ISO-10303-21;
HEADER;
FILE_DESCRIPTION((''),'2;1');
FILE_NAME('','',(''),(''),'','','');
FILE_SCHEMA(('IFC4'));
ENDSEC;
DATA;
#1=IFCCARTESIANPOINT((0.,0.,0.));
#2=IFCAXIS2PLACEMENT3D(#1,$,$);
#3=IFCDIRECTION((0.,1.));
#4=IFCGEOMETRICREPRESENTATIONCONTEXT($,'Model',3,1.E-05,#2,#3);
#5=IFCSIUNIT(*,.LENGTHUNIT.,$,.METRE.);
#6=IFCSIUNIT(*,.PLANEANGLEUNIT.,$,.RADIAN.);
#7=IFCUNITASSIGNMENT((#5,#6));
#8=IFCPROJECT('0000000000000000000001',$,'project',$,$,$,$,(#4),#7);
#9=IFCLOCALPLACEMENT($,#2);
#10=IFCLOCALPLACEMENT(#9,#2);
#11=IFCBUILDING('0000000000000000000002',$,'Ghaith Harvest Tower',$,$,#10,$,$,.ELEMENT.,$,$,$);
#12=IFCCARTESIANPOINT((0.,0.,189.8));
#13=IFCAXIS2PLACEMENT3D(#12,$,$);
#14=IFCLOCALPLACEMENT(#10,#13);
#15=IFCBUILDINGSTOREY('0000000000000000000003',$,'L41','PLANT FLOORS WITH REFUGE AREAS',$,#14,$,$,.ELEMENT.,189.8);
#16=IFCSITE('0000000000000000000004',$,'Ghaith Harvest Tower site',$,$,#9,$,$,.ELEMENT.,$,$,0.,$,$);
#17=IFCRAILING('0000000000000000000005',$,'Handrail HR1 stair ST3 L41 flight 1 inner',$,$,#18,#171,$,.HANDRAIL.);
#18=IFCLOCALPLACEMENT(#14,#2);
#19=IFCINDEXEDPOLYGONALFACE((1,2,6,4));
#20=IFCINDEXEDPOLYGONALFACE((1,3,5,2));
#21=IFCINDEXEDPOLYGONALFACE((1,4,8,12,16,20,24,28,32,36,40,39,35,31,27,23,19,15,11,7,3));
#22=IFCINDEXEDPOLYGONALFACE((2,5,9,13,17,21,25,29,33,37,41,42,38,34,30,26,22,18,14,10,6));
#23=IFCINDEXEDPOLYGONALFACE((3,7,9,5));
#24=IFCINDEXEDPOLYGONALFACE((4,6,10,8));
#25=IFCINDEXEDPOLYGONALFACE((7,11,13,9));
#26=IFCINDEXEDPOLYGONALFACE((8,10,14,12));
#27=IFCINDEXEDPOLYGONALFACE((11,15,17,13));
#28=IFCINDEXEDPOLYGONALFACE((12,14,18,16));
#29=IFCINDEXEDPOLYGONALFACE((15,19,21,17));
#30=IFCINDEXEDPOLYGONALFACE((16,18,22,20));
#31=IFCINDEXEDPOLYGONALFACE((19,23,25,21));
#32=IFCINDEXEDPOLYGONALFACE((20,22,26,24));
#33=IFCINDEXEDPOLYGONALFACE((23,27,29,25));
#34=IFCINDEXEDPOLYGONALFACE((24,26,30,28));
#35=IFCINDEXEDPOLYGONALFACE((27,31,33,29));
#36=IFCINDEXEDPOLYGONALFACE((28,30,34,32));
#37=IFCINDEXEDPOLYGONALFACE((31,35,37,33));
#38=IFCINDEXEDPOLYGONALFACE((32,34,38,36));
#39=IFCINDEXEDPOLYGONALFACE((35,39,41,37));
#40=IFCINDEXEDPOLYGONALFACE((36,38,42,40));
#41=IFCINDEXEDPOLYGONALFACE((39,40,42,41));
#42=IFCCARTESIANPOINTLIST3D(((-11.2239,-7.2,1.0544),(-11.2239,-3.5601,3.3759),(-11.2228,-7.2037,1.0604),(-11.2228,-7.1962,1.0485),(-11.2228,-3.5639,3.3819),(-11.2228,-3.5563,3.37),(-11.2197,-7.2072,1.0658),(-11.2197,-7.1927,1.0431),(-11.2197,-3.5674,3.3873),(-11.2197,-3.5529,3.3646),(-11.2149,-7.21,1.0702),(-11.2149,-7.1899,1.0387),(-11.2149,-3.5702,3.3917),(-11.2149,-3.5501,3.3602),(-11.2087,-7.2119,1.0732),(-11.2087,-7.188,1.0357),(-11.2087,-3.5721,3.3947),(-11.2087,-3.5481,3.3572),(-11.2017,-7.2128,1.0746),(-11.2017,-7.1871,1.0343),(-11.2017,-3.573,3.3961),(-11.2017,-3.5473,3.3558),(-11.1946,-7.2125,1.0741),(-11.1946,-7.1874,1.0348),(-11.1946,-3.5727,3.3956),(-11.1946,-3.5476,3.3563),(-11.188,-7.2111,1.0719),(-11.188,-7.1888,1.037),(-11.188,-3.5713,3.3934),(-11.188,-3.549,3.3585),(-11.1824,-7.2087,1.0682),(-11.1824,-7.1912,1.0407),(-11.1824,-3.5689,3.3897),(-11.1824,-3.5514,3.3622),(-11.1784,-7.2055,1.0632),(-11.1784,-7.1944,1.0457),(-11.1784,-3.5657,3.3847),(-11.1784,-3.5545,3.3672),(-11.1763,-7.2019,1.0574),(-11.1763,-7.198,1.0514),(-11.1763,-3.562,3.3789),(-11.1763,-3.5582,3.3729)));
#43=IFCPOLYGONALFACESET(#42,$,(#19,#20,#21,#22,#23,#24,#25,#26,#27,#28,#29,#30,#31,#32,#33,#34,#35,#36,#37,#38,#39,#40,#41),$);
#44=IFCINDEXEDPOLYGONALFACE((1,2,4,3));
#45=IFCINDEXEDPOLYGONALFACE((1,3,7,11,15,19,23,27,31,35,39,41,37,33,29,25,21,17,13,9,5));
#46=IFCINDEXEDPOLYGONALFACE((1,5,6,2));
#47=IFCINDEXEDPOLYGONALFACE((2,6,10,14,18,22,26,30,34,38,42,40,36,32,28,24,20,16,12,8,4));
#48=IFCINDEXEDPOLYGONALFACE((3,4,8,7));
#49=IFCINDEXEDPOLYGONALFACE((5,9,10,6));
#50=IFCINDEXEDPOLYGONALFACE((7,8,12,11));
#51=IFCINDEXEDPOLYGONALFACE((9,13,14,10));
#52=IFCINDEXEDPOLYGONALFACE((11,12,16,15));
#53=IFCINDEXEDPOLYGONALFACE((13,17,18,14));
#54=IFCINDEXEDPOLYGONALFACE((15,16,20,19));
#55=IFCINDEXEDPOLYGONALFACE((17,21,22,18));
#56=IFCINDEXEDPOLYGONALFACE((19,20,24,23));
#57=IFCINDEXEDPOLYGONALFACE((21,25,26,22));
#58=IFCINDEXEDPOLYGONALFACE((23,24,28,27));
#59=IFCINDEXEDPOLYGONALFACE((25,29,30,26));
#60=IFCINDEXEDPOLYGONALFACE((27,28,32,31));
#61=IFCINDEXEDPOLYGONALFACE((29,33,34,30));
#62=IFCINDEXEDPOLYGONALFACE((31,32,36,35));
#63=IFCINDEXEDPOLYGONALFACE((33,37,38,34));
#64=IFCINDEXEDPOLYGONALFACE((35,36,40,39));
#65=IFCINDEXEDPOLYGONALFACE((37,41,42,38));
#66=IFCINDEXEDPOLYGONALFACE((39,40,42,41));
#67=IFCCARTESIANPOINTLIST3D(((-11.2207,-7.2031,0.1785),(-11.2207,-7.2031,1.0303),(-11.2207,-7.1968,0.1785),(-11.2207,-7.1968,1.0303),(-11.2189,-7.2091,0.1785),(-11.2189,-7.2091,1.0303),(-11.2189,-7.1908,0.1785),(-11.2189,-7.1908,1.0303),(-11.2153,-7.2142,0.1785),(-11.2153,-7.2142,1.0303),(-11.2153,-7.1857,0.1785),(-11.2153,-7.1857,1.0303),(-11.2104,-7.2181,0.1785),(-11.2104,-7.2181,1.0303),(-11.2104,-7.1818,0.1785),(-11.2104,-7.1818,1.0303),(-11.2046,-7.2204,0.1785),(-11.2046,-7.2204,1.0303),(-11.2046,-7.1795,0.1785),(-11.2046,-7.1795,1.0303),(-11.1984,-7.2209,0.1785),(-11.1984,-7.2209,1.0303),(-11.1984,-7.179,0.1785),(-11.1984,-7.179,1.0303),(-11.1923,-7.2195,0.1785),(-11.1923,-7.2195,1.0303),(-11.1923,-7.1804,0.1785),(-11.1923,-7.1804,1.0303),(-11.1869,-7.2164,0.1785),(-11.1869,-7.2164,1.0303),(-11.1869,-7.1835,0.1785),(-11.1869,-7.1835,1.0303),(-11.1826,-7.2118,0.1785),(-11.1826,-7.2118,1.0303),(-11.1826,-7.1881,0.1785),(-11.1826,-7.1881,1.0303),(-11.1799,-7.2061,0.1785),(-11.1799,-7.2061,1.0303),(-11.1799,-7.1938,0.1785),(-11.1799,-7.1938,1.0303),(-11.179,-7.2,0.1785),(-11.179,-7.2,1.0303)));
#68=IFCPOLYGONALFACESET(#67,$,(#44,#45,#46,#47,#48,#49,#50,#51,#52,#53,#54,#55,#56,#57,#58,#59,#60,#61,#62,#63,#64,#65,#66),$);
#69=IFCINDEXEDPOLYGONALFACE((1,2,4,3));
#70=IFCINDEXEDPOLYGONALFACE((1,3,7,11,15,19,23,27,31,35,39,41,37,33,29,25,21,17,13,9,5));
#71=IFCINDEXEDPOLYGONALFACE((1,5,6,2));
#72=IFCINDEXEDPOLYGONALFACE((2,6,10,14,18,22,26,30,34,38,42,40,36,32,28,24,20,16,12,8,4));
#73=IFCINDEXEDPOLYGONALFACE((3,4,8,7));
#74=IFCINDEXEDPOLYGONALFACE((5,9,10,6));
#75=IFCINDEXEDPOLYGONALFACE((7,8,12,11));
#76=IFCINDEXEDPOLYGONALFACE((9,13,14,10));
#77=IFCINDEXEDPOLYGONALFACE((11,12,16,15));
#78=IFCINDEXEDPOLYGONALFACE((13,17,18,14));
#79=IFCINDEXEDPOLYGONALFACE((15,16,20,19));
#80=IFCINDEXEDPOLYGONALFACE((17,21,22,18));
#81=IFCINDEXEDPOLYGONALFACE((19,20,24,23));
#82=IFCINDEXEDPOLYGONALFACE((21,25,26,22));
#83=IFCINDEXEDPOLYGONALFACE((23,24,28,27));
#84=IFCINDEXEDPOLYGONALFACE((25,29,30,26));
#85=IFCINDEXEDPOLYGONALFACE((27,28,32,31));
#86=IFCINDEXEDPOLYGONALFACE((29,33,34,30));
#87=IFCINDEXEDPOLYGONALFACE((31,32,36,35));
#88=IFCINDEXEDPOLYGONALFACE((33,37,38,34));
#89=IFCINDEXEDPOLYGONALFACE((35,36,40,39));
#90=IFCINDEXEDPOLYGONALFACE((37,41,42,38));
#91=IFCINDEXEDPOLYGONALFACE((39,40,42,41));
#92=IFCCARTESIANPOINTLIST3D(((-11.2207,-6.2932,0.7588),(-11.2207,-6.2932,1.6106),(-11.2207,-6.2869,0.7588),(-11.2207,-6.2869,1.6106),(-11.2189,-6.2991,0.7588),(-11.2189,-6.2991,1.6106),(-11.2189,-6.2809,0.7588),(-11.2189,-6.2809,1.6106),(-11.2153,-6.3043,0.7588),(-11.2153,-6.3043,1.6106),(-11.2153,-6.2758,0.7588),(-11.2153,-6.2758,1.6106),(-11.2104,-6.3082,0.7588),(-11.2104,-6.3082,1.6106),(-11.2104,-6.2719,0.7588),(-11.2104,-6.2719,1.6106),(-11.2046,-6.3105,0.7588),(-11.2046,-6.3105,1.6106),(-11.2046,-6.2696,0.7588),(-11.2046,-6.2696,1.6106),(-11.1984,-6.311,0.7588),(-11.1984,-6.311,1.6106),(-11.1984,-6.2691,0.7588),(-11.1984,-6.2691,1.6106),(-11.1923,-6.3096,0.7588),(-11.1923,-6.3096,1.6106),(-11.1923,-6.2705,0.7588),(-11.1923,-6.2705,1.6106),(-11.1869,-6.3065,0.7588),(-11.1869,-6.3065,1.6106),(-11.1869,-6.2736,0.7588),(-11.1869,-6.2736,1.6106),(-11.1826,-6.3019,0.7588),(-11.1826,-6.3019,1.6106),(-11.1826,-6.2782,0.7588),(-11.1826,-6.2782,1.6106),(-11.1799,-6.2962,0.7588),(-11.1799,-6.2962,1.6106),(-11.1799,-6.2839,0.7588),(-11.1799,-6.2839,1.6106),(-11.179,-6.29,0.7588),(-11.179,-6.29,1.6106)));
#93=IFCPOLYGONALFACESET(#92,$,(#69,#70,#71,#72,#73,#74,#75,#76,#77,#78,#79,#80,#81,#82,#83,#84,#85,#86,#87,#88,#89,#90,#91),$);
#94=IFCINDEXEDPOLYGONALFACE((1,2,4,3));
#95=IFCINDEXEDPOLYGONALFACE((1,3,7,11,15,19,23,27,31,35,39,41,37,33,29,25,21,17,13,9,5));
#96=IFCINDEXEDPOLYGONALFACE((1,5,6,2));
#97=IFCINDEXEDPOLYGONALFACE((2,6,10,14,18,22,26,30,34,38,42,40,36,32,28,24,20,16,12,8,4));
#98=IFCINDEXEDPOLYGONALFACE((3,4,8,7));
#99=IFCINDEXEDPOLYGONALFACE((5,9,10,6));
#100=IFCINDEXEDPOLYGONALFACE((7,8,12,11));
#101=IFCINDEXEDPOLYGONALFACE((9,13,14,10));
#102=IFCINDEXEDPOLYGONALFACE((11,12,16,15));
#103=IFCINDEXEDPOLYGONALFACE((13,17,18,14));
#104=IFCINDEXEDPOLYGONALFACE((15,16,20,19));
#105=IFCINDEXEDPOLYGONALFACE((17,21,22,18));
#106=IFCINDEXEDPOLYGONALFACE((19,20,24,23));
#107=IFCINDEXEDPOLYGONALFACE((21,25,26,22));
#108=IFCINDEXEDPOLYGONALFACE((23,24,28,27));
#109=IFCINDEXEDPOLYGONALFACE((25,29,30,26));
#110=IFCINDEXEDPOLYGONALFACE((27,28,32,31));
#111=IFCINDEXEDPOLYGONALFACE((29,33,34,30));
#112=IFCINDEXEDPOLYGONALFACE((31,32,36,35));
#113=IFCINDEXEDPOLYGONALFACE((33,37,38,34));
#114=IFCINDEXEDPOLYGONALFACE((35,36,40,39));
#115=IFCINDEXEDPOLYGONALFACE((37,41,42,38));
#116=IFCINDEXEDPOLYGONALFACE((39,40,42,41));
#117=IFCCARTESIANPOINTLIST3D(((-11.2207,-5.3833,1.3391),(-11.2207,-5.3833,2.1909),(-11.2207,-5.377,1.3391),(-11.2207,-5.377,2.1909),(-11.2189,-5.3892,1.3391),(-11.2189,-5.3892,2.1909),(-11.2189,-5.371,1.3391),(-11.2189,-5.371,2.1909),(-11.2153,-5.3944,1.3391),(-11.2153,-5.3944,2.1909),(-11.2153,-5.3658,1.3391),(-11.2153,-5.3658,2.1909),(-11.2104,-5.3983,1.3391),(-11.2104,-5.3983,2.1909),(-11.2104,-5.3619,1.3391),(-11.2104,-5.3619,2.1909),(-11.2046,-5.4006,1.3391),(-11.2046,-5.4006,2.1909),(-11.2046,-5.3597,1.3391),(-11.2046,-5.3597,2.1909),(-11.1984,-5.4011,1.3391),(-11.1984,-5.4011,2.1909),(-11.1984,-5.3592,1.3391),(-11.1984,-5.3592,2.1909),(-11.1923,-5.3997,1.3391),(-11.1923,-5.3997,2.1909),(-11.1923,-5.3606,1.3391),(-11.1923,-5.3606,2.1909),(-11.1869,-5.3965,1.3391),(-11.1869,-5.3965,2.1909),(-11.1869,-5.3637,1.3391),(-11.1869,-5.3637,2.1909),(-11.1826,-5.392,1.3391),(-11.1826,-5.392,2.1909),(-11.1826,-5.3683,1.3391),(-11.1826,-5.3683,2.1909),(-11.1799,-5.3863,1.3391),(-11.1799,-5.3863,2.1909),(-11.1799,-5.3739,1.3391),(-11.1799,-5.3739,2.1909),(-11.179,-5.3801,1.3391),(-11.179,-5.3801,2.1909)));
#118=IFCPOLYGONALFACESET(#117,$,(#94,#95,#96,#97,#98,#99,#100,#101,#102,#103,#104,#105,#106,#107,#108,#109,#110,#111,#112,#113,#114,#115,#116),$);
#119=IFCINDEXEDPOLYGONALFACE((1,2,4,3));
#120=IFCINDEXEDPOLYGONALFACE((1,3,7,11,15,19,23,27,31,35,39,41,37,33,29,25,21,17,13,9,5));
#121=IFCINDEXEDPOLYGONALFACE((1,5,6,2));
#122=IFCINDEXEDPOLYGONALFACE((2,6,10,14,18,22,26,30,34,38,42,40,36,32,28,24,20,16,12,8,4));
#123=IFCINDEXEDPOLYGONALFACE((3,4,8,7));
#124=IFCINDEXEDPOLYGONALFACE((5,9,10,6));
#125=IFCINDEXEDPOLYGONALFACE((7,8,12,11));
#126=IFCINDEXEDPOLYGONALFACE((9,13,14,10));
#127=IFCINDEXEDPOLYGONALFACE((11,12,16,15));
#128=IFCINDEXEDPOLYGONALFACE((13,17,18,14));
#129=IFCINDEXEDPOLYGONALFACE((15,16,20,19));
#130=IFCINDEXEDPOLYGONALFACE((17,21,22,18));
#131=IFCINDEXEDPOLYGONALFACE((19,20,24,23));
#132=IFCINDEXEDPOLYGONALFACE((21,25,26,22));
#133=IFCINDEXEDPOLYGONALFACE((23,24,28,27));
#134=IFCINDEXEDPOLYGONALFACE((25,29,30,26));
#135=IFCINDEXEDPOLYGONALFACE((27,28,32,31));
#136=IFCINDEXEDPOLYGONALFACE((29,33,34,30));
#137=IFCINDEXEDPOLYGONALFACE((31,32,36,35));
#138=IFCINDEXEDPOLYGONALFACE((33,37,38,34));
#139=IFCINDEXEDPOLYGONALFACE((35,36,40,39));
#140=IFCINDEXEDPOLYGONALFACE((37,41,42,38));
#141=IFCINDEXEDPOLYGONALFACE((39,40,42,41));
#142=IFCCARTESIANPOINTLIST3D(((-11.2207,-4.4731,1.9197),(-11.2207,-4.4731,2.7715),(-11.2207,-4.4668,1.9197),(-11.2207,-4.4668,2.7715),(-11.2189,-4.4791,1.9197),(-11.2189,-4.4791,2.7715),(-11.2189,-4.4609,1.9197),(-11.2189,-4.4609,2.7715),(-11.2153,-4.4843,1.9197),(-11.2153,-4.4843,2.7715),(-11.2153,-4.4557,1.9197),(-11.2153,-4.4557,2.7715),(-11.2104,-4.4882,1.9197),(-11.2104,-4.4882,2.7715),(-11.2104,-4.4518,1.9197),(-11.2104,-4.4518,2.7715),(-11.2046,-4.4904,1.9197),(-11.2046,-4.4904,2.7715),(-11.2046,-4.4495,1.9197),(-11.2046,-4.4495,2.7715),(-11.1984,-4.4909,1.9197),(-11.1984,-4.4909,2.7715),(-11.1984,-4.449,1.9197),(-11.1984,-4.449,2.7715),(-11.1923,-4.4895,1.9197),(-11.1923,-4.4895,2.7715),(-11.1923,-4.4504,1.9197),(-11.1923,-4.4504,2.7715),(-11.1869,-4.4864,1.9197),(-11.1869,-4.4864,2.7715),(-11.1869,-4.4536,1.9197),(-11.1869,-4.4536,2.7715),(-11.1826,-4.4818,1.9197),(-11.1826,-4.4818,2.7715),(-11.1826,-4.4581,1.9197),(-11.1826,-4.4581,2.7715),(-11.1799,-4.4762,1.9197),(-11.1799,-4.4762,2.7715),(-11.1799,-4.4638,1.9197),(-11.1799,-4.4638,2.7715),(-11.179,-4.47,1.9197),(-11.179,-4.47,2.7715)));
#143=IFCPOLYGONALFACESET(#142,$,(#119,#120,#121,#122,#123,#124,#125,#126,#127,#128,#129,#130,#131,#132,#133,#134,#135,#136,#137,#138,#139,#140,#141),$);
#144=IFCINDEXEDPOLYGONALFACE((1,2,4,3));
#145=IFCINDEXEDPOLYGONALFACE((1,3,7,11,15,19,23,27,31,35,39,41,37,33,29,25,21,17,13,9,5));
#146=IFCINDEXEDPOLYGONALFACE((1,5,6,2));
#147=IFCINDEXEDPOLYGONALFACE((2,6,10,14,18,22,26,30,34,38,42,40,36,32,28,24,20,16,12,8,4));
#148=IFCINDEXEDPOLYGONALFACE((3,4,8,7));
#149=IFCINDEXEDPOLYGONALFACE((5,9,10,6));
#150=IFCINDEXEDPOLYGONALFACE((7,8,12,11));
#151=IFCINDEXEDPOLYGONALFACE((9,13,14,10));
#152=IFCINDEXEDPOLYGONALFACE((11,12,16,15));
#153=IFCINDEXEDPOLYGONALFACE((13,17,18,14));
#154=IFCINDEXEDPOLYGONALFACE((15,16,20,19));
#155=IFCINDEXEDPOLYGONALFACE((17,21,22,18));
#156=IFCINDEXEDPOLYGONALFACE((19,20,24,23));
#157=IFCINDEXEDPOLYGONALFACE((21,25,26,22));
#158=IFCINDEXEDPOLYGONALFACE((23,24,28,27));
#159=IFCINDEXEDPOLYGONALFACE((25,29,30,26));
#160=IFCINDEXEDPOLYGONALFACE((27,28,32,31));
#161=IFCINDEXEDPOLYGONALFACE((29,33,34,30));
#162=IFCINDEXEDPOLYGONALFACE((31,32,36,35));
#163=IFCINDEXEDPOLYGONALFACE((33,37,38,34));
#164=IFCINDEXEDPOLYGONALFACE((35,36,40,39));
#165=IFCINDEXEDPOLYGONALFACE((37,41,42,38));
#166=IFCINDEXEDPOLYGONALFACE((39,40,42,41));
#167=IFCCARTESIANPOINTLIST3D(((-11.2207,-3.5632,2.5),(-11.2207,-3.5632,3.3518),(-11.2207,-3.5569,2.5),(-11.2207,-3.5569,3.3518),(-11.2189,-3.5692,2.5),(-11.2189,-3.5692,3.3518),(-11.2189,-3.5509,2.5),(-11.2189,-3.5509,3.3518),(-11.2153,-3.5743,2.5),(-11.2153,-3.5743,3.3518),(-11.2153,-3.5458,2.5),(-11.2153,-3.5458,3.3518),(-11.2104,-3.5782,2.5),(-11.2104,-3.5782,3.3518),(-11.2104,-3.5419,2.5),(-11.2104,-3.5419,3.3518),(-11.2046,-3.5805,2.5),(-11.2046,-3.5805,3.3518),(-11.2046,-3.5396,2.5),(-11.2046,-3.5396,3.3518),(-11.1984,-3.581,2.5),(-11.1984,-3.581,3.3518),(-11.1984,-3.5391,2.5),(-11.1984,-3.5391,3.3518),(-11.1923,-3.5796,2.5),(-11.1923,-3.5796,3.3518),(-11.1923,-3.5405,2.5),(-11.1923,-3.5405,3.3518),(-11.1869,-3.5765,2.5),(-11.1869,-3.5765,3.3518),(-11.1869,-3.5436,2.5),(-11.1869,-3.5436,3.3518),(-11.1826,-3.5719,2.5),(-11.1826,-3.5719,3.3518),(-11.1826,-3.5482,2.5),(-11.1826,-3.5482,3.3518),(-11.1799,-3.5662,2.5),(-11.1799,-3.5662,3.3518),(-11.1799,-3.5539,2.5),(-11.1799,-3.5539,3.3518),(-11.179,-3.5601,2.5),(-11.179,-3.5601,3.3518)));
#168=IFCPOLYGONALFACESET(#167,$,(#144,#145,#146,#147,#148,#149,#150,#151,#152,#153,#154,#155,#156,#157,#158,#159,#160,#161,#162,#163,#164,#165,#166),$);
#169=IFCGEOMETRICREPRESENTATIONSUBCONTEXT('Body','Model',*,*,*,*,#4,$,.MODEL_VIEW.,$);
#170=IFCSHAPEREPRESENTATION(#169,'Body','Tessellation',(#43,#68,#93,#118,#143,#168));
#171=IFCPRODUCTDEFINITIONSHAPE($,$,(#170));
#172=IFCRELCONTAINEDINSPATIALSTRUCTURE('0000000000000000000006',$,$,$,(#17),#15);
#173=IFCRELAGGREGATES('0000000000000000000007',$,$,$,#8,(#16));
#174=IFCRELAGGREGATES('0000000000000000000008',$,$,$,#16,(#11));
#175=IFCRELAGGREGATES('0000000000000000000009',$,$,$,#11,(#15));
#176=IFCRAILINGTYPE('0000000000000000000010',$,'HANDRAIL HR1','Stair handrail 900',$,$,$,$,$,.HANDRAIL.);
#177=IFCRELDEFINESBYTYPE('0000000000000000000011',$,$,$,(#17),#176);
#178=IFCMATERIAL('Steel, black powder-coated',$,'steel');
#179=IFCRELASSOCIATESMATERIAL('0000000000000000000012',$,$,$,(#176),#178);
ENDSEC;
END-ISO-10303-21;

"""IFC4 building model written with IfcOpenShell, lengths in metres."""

from ifc_helpers import new_model, si_unit, direction, frame, origin, origin_2d, place, context, subcontext, project, spatial, circle, extrude, material, type_object, element, save


model = new_model("IFC4")

# Units and contexts
model_context = context("Model", 3, precision=1e-05, world=origin(), true_north=direction((0.0, 1.0)))
body_context = subcontext(model_context, "Body", "Model", "MODEL_VIEW")
ifc_project = project(units=[si_unit("LENGTHUNIT", "METRE"), si_unit("PLANEANGLEUNIT", "RADIAN")], contexts=[model_context])

# Site, building, storey
site_placement = place(None, origin())
site = spatial("IfcSite", under=ifc_project, at=site_placement, Name="Ghaith Harvest Tower site", CompositionType="ELEMENT", RefElevation=0.0)
building_placement = place(site_placement, origin())
building = spatial("IfcBuilding", under=site, at=building_placement, Name="Ghaith Harvest Tower", CompositionType="ELEMENT")
storey_placement = place(building_placement, frame((0.0, 0.0, 189.8)))
storey = spatial("IfcBuildingStorey", under=building, at=storey_placement, Name="L41", Description="PLANT FLOORS WITH REFUGE AREAS", CompositionType="ELEMENT", Elevation=189.8)

# Railing
ifc_material_1 = material(Name="Steel, black powder-coated", Category="steel")
railing_type = type_object("IfcRailingType", Name="HANDRAIL HR1", Description="Stair handrail 900", PredefinedType="HANDRAIL", material=ifc_material_1)
railing_1_placement = place(storey_placement, frame((-11.2, -7.2, 0.1785)))
element("IfcRailing", 1, at=railing_1_placement, inside=storey, type_object=railing_type, Name="Handrail HR1 stair ST3 L41 flight 1 inner", PredefinedType="HANDRAIL", context=body_context, shape_type="SweptSolid", body=[
    extrude(circle(Radius=0.0239, at=origin_2d()), frame((0.0, 0.0, 0.876), z_axis=(0.0, 0.843112, 0.537739), x_axis=(-1.0, 0.0, 0.0)), (0.0, 0.0, 1.0), 4.3171),
    extrude(circle(Radius=0.021, at=origin_2d()), origin(), (0.0, 0.0, 1.0), 0.8518),
    extrude(circle(Radius=0.021, at=origin_2d()), frame((0.0, 0.9099, 0.5803)), (0.0, 0.0, 1.0), 0.8518),
    extrude(circle(Radius=0.021, at=origin_2d()), frame((0.0, 1.8198, 1.1606)), (0.0, 0.0, 1.0), 0.8518),
    extrude(circle(Radius=0.021, at=origin_2d()), frame((0.0, 2.73, 1.7412)), (0.0, 0.0, 1.0), 0.8518),
    extrude(circle(Radius=0.021, at=origin_2d()), frame((0.0, 3.6399, 2.3215)), (0.0, 0.0, 1.0), 0.8518),
])

save(model, "model.ifc")
